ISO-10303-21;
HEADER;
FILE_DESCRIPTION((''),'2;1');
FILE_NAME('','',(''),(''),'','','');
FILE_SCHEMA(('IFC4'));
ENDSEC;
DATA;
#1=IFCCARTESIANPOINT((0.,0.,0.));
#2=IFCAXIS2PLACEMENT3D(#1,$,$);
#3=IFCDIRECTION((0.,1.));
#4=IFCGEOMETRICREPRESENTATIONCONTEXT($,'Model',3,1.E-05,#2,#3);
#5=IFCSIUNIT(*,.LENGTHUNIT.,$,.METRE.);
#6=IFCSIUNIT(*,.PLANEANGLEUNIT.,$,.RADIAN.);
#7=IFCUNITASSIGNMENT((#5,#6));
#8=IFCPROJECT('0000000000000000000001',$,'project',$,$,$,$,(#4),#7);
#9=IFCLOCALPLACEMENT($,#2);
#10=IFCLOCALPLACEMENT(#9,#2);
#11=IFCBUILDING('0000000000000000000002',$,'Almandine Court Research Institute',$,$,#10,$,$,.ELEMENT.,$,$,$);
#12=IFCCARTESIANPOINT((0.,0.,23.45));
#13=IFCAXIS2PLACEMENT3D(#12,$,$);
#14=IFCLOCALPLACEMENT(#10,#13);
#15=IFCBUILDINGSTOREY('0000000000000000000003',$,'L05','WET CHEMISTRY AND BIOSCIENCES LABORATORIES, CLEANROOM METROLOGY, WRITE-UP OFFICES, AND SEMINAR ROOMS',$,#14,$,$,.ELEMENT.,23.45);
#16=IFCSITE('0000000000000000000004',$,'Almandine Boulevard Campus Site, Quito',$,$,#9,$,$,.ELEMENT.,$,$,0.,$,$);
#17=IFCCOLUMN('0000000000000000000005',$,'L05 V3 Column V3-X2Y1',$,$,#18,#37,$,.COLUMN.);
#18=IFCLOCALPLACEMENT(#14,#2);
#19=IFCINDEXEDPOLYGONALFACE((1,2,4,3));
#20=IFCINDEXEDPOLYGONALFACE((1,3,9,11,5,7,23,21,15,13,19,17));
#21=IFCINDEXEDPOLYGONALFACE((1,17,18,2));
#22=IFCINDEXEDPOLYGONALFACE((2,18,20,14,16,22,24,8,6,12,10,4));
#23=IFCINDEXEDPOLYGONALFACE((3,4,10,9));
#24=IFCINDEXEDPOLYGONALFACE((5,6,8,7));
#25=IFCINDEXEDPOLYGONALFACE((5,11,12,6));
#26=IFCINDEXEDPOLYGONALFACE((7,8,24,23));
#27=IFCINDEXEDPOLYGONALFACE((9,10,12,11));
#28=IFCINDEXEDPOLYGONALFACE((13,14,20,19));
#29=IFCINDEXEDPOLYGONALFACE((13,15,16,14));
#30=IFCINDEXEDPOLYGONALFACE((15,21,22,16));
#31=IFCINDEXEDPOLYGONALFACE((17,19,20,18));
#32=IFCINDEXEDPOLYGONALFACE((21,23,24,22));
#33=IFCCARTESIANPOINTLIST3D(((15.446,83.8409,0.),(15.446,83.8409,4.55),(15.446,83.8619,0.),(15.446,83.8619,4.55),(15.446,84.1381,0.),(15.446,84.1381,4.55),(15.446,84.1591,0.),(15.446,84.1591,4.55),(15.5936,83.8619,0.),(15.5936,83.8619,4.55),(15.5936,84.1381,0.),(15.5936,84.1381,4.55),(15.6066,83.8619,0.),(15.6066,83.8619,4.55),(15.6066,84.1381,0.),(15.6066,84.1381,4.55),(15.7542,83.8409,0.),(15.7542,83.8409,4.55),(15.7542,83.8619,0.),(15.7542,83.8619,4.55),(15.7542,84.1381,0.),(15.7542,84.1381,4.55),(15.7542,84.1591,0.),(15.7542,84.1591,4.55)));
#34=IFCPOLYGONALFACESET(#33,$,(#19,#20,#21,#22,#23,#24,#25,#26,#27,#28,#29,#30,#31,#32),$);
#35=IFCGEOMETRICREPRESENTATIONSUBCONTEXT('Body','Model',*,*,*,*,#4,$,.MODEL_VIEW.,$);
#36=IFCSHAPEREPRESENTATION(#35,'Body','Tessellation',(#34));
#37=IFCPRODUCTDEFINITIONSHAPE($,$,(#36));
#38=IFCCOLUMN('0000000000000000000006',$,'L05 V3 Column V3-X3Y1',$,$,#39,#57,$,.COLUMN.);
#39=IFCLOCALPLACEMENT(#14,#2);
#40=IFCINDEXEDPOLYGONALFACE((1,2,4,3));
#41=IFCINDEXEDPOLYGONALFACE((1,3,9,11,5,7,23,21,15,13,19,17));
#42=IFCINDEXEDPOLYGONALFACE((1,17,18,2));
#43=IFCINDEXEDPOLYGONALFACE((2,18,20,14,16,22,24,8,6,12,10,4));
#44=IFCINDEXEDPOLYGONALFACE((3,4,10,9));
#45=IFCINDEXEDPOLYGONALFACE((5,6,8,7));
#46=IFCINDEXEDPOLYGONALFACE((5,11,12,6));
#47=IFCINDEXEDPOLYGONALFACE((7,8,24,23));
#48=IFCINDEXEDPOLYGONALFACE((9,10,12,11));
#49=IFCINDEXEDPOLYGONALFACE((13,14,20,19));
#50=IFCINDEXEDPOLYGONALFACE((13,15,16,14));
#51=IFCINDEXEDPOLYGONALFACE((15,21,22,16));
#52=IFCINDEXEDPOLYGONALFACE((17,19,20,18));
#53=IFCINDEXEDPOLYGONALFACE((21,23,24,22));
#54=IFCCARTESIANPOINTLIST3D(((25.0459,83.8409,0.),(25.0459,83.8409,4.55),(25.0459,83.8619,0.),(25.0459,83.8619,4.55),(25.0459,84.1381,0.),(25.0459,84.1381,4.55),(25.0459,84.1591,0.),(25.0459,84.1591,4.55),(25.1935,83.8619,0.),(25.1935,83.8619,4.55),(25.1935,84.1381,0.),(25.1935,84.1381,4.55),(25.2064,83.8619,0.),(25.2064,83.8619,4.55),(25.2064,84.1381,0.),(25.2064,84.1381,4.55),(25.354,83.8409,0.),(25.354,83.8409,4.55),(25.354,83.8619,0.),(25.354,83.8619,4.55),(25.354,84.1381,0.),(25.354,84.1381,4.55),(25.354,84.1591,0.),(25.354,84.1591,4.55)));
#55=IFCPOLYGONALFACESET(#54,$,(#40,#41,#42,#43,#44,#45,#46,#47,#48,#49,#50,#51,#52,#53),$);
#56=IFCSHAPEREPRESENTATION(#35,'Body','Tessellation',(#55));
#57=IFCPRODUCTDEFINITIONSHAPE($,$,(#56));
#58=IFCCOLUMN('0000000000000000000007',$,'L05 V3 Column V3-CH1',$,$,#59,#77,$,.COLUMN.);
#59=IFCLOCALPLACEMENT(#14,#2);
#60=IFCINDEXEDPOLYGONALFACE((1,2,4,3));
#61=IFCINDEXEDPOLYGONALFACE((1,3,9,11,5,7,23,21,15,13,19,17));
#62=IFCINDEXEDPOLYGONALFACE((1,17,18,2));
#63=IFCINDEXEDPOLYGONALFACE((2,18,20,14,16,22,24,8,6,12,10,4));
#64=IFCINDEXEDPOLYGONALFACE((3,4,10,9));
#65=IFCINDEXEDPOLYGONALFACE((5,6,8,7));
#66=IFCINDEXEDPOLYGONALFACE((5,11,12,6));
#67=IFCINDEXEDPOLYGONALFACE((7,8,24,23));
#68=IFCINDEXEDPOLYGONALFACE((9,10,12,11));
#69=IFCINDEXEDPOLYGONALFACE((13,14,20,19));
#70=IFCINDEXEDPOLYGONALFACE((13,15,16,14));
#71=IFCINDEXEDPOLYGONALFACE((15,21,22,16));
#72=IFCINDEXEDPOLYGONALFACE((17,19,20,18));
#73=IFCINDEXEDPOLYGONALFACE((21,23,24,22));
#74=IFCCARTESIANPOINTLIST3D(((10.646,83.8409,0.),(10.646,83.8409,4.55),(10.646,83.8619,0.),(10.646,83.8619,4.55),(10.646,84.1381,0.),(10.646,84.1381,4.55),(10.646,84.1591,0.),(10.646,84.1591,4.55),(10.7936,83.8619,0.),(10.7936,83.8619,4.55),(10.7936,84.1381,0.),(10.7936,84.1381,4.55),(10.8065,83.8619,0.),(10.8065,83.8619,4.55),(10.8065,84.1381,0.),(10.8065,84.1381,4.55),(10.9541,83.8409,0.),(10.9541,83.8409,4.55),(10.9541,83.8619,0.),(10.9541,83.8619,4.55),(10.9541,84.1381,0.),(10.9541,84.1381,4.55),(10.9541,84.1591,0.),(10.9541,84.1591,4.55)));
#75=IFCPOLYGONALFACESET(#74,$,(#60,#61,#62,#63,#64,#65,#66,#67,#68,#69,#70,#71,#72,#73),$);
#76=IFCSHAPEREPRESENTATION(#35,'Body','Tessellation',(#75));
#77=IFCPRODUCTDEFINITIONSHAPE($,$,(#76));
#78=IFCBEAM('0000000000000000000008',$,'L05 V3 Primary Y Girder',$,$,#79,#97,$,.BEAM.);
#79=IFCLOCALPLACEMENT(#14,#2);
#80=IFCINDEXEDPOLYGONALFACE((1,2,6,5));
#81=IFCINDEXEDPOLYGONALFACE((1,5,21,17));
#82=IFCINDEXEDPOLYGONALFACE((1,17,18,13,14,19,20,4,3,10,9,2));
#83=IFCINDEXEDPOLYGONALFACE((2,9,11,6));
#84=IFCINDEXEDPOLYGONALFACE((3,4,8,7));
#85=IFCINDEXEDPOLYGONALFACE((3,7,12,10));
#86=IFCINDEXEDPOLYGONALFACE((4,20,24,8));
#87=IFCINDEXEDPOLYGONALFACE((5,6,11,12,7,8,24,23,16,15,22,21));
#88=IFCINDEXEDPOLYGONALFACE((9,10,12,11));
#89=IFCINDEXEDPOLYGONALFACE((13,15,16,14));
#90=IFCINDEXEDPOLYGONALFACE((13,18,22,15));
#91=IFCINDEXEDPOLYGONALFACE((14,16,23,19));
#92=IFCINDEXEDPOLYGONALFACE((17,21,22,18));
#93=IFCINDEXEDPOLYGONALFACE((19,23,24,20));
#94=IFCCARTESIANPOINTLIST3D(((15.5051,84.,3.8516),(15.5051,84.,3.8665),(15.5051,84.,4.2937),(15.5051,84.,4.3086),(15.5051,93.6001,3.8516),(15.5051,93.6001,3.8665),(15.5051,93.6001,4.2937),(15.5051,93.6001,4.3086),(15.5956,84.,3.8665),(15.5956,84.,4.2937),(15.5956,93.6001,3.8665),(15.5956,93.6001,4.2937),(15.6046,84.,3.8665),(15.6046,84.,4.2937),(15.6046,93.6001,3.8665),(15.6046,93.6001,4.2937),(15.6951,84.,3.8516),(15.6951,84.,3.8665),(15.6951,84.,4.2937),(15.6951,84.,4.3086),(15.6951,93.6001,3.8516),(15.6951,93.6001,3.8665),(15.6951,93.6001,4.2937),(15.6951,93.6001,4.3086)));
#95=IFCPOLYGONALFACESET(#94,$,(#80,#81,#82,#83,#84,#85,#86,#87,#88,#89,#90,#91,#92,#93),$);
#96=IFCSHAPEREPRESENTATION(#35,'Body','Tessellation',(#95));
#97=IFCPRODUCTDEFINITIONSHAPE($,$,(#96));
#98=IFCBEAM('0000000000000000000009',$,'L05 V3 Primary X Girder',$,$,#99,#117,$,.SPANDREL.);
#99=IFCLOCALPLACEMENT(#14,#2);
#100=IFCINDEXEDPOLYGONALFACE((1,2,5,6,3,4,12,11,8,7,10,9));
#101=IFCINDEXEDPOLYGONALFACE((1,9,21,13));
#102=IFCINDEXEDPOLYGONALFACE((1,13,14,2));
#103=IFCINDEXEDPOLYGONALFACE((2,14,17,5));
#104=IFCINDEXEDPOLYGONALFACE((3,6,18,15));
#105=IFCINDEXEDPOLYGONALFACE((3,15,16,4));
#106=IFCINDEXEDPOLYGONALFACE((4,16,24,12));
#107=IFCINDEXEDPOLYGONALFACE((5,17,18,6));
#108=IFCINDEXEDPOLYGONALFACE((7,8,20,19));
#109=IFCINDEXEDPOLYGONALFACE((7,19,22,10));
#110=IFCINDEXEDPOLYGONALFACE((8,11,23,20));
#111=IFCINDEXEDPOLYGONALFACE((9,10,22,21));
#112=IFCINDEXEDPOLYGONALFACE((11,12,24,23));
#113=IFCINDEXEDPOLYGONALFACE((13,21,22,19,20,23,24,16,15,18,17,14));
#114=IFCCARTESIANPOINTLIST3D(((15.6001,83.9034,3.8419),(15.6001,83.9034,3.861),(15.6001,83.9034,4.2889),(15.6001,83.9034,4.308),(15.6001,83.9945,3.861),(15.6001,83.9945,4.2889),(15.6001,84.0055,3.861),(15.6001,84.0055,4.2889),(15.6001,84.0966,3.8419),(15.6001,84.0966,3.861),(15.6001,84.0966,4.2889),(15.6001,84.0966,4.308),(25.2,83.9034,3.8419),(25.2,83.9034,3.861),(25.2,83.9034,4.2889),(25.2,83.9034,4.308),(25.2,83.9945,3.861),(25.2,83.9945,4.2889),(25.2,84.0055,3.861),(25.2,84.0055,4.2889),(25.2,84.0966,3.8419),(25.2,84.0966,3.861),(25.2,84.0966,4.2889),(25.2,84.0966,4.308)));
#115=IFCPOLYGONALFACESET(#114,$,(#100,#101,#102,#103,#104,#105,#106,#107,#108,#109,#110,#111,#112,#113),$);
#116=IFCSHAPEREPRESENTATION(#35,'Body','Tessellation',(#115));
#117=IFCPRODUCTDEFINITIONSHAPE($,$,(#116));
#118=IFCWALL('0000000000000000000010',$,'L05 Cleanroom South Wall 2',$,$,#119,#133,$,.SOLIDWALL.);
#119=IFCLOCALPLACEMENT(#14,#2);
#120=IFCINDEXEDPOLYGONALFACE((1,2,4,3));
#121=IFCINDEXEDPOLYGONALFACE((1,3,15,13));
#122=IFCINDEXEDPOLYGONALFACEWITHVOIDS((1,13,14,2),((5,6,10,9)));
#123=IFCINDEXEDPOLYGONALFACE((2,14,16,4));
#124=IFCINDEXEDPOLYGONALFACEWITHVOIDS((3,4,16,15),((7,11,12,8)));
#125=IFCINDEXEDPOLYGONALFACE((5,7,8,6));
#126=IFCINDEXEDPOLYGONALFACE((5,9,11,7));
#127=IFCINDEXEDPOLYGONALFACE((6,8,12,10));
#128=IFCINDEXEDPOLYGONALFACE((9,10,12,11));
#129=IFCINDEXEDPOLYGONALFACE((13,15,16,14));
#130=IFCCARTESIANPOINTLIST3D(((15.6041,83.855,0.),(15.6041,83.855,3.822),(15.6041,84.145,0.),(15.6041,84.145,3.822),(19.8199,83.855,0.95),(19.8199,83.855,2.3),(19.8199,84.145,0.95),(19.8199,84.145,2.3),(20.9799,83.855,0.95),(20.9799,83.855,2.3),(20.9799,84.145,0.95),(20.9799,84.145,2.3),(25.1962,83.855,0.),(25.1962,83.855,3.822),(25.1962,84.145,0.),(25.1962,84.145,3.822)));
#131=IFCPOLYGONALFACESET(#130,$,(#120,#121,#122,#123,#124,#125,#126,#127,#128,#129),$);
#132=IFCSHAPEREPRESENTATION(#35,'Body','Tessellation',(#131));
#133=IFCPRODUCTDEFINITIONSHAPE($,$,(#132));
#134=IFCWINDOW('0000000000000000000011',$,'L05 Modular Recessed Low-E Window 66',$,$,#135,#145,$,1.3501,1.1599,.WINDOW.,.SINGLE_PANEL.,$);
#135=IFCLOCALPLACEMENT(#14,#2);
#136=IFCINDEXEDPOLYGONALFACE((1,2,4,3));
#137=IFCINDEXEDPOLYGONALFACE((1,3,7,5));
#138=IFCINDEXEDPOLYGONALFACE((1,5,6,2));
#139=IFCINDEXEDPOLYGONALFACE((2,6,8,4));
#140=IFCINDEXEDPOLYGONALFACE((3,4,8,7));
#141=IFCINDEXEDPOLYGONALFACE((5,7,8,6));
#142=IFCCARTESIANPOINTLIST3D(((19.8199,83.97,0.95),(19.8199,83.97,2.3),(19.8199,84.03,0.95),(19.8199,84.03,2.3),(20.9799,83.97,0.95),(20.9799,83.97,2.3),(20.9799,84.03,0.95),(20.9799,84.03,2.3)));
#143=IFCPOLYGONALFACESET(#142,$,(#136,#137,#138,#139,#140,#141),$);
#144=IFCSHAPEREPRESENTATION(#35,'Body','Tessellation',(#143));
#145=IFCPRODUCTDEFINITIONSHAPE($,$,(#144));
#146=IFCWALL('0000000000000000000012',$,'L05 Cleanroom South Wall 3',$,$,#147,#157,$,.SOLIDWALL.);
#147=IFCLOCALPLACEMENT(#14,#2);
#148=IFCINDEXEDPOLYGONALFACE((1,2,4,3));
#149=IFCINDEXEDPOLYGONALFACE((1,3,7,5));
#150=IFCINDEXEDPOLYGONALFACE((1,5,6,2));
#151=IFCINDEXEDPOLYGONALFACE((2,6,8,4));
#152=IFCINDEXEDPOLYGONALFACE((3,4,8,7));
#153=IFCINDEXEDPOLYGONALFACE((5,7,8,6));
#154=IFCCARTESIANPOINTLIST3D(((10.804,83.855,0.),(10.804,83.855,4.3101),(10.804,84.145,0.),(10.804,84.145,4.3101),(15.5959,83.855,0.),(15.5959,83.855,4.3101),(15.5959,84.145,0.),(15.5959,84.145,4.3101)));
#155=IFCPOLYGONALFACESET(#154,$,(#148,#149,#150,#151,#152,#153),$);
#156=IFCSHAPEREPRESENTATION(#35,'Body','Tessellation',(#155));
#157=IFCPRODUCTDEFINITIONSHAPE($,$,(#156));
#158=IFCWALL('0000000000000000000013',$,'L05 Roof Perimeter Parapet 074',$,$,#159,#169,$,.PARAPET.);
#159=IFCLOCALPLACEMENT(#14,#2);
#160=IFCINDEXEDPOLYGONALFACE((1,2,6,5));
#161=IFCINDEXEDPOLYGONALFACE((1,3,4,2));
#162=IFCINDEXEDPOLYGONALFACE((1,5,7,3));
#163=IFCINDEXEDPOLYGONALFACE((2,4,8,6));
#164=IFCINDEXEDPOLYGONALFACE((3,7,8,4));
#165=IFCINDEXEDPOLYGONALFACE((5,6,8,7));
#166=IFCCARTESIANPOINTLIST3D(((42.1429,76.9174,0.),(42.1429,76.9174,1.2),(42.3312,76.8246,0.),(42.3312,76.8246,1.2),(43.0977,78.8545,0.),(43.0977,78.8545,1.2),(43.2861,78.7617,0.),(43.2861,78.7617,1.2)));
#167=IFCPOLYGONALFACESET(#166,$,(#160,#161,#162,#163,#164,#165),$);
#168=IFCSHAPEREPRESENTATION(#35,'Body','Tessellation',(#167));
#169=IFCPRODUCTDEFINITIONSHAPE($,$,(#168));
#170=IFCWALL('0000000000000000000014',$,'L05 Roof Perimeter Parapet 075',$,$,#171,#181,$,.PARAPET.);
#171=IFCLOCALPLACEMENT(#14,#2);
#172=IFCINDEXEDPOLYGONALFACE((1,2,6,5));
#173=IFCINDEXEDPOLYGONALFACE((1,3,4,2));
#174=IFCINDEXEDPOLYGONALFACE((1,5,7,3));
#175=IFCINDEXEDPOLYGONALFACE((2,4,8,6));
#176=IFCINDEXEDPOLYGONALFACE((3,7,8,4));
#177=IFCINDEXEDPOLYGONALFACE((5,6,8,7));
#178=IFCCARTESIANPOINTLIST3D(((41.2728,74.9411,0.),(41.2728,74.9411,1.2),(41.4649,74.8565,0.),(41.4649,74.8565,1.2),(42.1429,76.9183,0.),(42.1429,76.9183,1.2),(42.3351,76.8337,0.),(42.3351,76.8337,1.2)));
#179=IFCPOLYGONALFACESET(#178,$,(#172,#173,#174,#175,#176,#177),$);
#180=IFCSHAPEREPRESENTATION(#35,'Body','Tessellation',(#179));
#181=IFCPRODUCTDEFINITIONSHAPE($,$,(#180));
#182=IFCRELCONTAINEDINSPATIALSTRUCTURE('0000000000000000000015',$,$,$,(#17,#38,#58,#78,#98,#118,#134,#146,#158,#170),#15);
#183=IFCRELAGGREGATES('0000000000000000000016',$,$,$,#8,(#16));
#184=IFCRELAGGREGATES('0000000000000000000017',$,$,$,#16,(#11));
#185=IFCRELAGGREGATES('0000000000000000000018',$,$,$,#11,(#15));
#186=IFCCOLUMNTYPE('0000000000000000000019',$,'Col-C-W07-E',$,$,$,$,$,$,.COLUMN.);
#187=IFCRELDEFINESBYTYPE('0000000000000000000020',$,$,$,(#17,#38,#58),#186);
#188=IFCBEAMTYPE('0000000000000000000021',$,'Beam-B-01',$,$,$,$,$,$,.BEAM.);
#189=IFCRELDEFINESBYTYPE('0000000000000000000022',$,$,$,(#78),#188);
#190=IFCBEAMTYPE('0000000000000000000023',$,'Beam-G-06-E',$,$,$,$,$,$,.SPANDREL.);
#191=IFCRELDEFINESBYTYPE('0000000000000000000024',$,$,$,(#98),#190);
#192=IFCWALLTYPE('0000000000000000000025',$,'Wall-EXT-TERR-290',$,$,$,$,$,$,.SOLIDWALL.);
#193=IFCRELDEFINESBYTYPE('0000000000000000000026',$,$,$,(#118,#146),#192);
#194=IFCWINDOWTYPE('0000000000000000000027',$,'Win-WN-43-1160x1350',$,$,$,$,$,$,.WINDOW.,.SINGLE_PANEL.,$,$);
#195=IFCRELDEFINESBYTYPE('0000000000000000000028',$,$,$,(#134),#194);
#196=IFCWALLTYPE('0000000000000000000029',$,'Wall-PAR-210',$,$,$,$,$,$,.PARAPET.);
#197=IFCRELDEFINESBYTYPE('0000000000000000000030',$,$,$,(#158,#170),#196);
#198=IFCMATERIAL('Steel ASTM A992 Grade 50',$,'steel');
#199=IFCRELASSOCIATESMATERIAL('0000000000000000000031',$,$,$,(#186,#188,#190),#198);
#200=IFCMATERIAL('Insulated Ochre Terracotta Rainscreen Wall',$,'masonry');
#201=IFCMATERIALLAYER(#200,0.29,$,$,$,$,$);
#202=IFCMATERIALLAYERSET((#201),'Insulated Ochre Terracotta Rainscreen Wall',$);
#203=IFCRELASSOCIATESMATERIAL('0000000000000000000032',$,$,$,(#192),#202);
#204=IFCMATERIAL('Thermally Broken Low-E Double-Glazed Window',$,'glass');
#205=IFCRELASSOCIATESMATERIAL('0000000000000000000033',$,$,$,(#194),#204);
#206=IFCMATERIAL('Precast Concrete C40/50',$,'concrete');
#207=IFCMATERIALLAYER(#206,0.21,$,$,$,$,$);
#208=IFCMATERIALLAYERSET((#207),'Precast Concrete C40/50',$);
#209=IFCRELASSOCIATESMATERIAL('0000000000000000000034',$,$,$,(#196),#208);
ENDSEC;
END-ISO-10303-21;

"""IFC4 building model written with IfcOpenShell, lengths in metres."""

from ifc_helpers import new_model, si_unit, direction, frame, frame_2d, origin, origin_2d, place, context, subcontext, project, spatial, rectangle, i_section, extrude, material, layer, layer_set, material_profile, profile_set, type_object, element, fill, save


model = new_model("IFC4")

# Units and contexts
model_context = context("Model", 3, precision=1e-05, world=origin(), true_north=direction((0.0, 1.0)))
body_context = subcontext(model_context, "Body", "Model", "MODEL_VIEW")
ifc_project = project(units=[si_unit("LENGTHUNIT", "METRE"), si_unit("PLANEANGLEUNIT", "RADIAN")], contexts=[model_context])

# Site, building, storey
site_placement = place(None, origin())
site = spatial("IfcSite", under=ifc_project, at=site_placement, Name="Almandine Boulevard Campus Site, Quito", CompositionType="ELEMENT", RefElevation=0.0)
building_placement = place(site_placement, origin())
building = spatial("IfcBuilding", under=site, at=building_placement, Name="Almandine Court Research Institute", CompositionType="ELEMENT")
storey_placement = place(building_placement, frame((0.0, 0.0, 23.45)))
storey = spatial("IfcBuildingStorey", under=building, at=storey_placement, Name="L05", Description="WET CHEMISTRY AND BIOSCIENCES LABORATORIES, CLEANROOM METROLOGY, WRITE-UP OFFICES, AND SEMINAR ROOMS", CompositionType="ELEMENT", Elevation=23.45)

# Columns
ifc_material_1 = material(Name="Steel ASTM A992 Grade 50", Category="steel")
ifc_material_profile_1 = material_profile(ifc_material_1, i_section(OverallWidth=0.3081, OverallDepth=0.3181, WebThickness=0.0129, FlangeThickness=0.021, at=origin_2d()), Name="W310x129")
ifc_profile_set_1 = profile_set([ifc_material_profile_1], Name="Steel ASTM A992 Grade 50")
column_type = type_object("IfcColumnType", Name="Col-C-W07-E", PredefinedType="COLUMN", material=ifc_profile_set_1)
for number, where, z_axis, x_axis, name in (
    (1, (15.6001, 84.0, 0.0), (0.0, 0.0, 1.0), (1.0, 0.0, 0.0), "L05 V3 Column V3-X2Y1"),
    (2, (25.2, 84.0, 0.0), (0.0, 0.0, 1.0), (1.0, 0.0, 0.0), "L05 V3 Column V3-X3Y1"),
    (3, (10.8, 84.0, 0.0), (0.0, 0.0, 1.0), (1.0, 0.0, 0.0), "L05 V3 Column V3-CH1"),
):
    element("IfcColumn", number, at=place(storey_placement, frame(where, z_axis=z_axis, x_axis=x_axis)), inside=storey, type_object=column_type, Name=name, PredefinedType="COLUMN", context=body_context, shape_type="SweptSolid", body=[
        extrude(i_section(OverallWidth=0.3081, OverallDepth=0.3181, WebThickness=0.0129, FlangeThickness=0.021, at=origin_2d()), origin(), (0.0, 0.0, 1.0), 4.55),
    ])

# Beams
ifc_material_profile_2 = material_profile(ifc_material_1, i_section(OverallWidth=0.1899, OverallDepth=0.457, WebThickness=0.009, FlangeThickness=0.0149, at=origin_2d()), Name="W460x74")
ifc_profile_set_2 = profile_set([ifc_material_profile_2], Name="Steel ASTM A992 Grade 50")
beam_type_1 = type_object("IfcBeamType", Name="Beam-B-01", PredefinedType="BEAM", material=ifc_profile_set_2)
beam_1_placement = place(storey_placement, frame((15.6001, 84.0, 4.0801), z_axis=(0.0, 1.0, 0.0), x_axis=(-1.0, 0.0, 0.0)))
element("IfcBeam", 4, at=beam_1_placement, inside=storey, type_object=beam_type_1, Name="L05 V3 Primary Y Girder", PredefinedType="BEAM", context=body_context, shape_type="SweptSolid", body=[
    extrude(i_section(OverallWidth=0.1899, OverallDepth=0.457, WebThickness=0.009, FlangeThickness=0.0149, at=origin_2d()), origin(), (0.0, 0.0, 1.0), 9.6001),
])
ifc_material_profile_3 = material_profile(ifc_material_1, i_section(OverallWidth=0.1931, OverallDepth=0.4661, WebThickness=0.011, FlangeThickness=0.019, at=origin_2d()), Name="W460x97")
ifc_profile_set_3 = profile_set([ifc_material_profile_3], Name="Steel ASTM A992 Grade 50")
beam_type_2 = type_object("IfcBeamType", Name="Beam-G-06-E", PredefinedType="SPANDREL", material=ifc_profile_set_3)
beam_2_placement = place(storey_placement, frame((15.6001, 84.0, 4.075), z_axis=(1.0, 0.0, 0.0), x_axis=(0.0, 1.0, 0.0)))
element("IfcBeam", 5, at=beam_2_placement, inside=storey, type_object=beam_type_2, Name="L05 V3 Primary X Girder", PredefinedType="SPANDREL", context=body_context, shape_type="SweptSolid", body=[
    extrude(i_section(OverallWidth=0.1931, OverallDepth=0.4661, WebThickness=0.011, FlangeThickness=0.019, at=origin_2d()), origin(), (0.0, 0.0, 1.0), 9.5999),
])

# Wall, opening, window
ifc_material_2 = material(Name="Insulated Ochre Terracotta Rainscreen Wall", Category="masonry")
ifc_layer_1 = layer(ifc_material_2, 0.29)
ifc_layer_set_1 = layer_set([ifc_layer_1], Name="Insulated Ochre Terracotta Rainscreen Wall")
wall_type_1 = type_object("IfcWallType", Name="Wall-EXT-TERR-290", PredefinedType="SOLIDWALL", material=ifc_layer_set_1)
wall_1_placement = place(storey_placement, frame((25.196, 84.0, 0.0), z_axis=(0.0, 0.0, 1.0), x_axis=(-1.0, 0.0, 0.0)))
wall_1 = element("IfcWall", 6, at=wall_1_placement, inside=storey, type_object=wall_type_1, Name="L05 Cleanroom South Wall 2", PredefinedType="SOLIDWALL", context=body_context, shape_type="SweptSolid", body=[
    extrude(rectangle(XDim=9.592, YDim=0.29, at=frame_2d((4.7959, 0.0))), origin(), (0.0, 0.0, 1.0), 3.822),
])
opening_placement = place(wall_1_placement, frame((4.2161, 0.0, 0.95)))
opening = element("IfcOpeningElement", 7, at=opening_placement, cuts=wall_1, PredefinedType="OPENING", context=body_context, shape_type="SweptSolid", body=[
    extrude(rectangle(XDim=1.1599, YDim=1.3501, at=frame_2d((0.5801, 0.675))), frame((0.0, 0.155, 0.0), z_axis=(0.0, -1.0, 0.0), x_axis=(1.0, 0.0, 0.0)), (0.0, 0.0, 1.0), 0.3101),
])
ifc_material_3 = material(Name="Thermally Broken Low-E Double-Glazed Window", Category="glass")
window_type = type_object("IfcWindowType", Name="Win-WN-43-1160x1350", PartitioningType="SINGLE_PANEL", PredefinedType="WINDOW", material=ifc_material_3)
window_placement = place(opening_placement, origin())
window = element("IfcWindow", 8, at=window_placement, inside=storey, type_object=window_type, Name="L05 Modular Recessed Low-E Window 66", OverallHeight=1.3501, OverallWidth=1.1599, PartitioningType="SINGLE_PANEL", PredefinedType="WINDOW", context=body_context, shape_type="SweptSolid", body=[
    extrude(rectangle(XDim=1.1599, YDim=1.3501, at=frame_2d((0.5801, 0.675))), frame((0.0, 0.03, 0.0), z_axis=(0.0, -1.0, 0.0), x_axis=(1.0, 0.0, 0.0)), (0.0, 0.0, 1.0), 0.0601),
])
fill(opening, window)

# Walls
wall_2_placement = place(storey_placement, frame((15.5959, 84.0, 0.0), z_axis=(0.0, 0.0, 1.0), x_axis=(-1.0, 0.0, 0.0)))
element("IfcWall", 9, at=wall_2_placement, inside=storey, type_object=wall_type_1, Name="L05 Cleanroom South Wall 3", PredefinedType="SOLIDWALL", context=body_context, shape_type="SweptSolid", body=[
    extrude(rectangle(XDim=4.792, YDim=0.29, at=frame_2d((2.396, 0.0))), origin(), (0.0, 0.0, 1.0), 4.3101),
])
ifc_material_4 = material(Name="Precast Concrete C40/50", Category="concrete")
ifc_layer_2 = layer(ifc_material_4, 0.21)
ifc_layer_set_2 = layer_set([ifc_layer_2], Name="Precast Concrete C40/50")
wall_type_2 = type_object("IfcWallType", Name="Wall-PAR-210", PredefinedType="PARAPET", material=ifc_layer_set_2)
wall_3_placement = place(storey_placement, frame((43.1919, 78.8081, 0.0), z_axis=(0.0, 0.0, 1.0), x_axis=(-0.442142, -0.896945, 0.0)))
element("IfcWall", 10, at=wall_3_placement, inside=storey, type_object=wall_type_2, Name="L05 Roof Perimeter Parapet 074", PredefinedType="PARAPET", context=body_context, shape_type="SweptSolid", body=[
    extrude(rectangle(XDim=2.1597, YDim=0.21, at=frame_2d((1.0798, 0.0))), origin(), (0.0, 0.0, 1.0), 1.2),
])
for number, where, z_axis, x_axis, name in (
    (11, (42.239, 76.876, 0.0), (0.0, 0.0, 1.0), (-0.402822, -0.915278, 0.0), "L05 Roof Perimeter Parapet 075"),
):
    element("IfcWall", number, at=place(storey_placement, frame(where, z_axis=z_axis, x_axis=x_axis)), inside=storey, type_object=wall_type_2, Name=name, PredefinedType="PARAPET", context=body_context, shape_type="SweptSolid", body=[
        extrude(rectangle(XDim=2.1602, YDim=0.21, at=frame_2d((1.0801, 0.0))), origin(), (0.0, 0.0, 1.0), 1.2),
    ])

save(model, "model.ifc")
